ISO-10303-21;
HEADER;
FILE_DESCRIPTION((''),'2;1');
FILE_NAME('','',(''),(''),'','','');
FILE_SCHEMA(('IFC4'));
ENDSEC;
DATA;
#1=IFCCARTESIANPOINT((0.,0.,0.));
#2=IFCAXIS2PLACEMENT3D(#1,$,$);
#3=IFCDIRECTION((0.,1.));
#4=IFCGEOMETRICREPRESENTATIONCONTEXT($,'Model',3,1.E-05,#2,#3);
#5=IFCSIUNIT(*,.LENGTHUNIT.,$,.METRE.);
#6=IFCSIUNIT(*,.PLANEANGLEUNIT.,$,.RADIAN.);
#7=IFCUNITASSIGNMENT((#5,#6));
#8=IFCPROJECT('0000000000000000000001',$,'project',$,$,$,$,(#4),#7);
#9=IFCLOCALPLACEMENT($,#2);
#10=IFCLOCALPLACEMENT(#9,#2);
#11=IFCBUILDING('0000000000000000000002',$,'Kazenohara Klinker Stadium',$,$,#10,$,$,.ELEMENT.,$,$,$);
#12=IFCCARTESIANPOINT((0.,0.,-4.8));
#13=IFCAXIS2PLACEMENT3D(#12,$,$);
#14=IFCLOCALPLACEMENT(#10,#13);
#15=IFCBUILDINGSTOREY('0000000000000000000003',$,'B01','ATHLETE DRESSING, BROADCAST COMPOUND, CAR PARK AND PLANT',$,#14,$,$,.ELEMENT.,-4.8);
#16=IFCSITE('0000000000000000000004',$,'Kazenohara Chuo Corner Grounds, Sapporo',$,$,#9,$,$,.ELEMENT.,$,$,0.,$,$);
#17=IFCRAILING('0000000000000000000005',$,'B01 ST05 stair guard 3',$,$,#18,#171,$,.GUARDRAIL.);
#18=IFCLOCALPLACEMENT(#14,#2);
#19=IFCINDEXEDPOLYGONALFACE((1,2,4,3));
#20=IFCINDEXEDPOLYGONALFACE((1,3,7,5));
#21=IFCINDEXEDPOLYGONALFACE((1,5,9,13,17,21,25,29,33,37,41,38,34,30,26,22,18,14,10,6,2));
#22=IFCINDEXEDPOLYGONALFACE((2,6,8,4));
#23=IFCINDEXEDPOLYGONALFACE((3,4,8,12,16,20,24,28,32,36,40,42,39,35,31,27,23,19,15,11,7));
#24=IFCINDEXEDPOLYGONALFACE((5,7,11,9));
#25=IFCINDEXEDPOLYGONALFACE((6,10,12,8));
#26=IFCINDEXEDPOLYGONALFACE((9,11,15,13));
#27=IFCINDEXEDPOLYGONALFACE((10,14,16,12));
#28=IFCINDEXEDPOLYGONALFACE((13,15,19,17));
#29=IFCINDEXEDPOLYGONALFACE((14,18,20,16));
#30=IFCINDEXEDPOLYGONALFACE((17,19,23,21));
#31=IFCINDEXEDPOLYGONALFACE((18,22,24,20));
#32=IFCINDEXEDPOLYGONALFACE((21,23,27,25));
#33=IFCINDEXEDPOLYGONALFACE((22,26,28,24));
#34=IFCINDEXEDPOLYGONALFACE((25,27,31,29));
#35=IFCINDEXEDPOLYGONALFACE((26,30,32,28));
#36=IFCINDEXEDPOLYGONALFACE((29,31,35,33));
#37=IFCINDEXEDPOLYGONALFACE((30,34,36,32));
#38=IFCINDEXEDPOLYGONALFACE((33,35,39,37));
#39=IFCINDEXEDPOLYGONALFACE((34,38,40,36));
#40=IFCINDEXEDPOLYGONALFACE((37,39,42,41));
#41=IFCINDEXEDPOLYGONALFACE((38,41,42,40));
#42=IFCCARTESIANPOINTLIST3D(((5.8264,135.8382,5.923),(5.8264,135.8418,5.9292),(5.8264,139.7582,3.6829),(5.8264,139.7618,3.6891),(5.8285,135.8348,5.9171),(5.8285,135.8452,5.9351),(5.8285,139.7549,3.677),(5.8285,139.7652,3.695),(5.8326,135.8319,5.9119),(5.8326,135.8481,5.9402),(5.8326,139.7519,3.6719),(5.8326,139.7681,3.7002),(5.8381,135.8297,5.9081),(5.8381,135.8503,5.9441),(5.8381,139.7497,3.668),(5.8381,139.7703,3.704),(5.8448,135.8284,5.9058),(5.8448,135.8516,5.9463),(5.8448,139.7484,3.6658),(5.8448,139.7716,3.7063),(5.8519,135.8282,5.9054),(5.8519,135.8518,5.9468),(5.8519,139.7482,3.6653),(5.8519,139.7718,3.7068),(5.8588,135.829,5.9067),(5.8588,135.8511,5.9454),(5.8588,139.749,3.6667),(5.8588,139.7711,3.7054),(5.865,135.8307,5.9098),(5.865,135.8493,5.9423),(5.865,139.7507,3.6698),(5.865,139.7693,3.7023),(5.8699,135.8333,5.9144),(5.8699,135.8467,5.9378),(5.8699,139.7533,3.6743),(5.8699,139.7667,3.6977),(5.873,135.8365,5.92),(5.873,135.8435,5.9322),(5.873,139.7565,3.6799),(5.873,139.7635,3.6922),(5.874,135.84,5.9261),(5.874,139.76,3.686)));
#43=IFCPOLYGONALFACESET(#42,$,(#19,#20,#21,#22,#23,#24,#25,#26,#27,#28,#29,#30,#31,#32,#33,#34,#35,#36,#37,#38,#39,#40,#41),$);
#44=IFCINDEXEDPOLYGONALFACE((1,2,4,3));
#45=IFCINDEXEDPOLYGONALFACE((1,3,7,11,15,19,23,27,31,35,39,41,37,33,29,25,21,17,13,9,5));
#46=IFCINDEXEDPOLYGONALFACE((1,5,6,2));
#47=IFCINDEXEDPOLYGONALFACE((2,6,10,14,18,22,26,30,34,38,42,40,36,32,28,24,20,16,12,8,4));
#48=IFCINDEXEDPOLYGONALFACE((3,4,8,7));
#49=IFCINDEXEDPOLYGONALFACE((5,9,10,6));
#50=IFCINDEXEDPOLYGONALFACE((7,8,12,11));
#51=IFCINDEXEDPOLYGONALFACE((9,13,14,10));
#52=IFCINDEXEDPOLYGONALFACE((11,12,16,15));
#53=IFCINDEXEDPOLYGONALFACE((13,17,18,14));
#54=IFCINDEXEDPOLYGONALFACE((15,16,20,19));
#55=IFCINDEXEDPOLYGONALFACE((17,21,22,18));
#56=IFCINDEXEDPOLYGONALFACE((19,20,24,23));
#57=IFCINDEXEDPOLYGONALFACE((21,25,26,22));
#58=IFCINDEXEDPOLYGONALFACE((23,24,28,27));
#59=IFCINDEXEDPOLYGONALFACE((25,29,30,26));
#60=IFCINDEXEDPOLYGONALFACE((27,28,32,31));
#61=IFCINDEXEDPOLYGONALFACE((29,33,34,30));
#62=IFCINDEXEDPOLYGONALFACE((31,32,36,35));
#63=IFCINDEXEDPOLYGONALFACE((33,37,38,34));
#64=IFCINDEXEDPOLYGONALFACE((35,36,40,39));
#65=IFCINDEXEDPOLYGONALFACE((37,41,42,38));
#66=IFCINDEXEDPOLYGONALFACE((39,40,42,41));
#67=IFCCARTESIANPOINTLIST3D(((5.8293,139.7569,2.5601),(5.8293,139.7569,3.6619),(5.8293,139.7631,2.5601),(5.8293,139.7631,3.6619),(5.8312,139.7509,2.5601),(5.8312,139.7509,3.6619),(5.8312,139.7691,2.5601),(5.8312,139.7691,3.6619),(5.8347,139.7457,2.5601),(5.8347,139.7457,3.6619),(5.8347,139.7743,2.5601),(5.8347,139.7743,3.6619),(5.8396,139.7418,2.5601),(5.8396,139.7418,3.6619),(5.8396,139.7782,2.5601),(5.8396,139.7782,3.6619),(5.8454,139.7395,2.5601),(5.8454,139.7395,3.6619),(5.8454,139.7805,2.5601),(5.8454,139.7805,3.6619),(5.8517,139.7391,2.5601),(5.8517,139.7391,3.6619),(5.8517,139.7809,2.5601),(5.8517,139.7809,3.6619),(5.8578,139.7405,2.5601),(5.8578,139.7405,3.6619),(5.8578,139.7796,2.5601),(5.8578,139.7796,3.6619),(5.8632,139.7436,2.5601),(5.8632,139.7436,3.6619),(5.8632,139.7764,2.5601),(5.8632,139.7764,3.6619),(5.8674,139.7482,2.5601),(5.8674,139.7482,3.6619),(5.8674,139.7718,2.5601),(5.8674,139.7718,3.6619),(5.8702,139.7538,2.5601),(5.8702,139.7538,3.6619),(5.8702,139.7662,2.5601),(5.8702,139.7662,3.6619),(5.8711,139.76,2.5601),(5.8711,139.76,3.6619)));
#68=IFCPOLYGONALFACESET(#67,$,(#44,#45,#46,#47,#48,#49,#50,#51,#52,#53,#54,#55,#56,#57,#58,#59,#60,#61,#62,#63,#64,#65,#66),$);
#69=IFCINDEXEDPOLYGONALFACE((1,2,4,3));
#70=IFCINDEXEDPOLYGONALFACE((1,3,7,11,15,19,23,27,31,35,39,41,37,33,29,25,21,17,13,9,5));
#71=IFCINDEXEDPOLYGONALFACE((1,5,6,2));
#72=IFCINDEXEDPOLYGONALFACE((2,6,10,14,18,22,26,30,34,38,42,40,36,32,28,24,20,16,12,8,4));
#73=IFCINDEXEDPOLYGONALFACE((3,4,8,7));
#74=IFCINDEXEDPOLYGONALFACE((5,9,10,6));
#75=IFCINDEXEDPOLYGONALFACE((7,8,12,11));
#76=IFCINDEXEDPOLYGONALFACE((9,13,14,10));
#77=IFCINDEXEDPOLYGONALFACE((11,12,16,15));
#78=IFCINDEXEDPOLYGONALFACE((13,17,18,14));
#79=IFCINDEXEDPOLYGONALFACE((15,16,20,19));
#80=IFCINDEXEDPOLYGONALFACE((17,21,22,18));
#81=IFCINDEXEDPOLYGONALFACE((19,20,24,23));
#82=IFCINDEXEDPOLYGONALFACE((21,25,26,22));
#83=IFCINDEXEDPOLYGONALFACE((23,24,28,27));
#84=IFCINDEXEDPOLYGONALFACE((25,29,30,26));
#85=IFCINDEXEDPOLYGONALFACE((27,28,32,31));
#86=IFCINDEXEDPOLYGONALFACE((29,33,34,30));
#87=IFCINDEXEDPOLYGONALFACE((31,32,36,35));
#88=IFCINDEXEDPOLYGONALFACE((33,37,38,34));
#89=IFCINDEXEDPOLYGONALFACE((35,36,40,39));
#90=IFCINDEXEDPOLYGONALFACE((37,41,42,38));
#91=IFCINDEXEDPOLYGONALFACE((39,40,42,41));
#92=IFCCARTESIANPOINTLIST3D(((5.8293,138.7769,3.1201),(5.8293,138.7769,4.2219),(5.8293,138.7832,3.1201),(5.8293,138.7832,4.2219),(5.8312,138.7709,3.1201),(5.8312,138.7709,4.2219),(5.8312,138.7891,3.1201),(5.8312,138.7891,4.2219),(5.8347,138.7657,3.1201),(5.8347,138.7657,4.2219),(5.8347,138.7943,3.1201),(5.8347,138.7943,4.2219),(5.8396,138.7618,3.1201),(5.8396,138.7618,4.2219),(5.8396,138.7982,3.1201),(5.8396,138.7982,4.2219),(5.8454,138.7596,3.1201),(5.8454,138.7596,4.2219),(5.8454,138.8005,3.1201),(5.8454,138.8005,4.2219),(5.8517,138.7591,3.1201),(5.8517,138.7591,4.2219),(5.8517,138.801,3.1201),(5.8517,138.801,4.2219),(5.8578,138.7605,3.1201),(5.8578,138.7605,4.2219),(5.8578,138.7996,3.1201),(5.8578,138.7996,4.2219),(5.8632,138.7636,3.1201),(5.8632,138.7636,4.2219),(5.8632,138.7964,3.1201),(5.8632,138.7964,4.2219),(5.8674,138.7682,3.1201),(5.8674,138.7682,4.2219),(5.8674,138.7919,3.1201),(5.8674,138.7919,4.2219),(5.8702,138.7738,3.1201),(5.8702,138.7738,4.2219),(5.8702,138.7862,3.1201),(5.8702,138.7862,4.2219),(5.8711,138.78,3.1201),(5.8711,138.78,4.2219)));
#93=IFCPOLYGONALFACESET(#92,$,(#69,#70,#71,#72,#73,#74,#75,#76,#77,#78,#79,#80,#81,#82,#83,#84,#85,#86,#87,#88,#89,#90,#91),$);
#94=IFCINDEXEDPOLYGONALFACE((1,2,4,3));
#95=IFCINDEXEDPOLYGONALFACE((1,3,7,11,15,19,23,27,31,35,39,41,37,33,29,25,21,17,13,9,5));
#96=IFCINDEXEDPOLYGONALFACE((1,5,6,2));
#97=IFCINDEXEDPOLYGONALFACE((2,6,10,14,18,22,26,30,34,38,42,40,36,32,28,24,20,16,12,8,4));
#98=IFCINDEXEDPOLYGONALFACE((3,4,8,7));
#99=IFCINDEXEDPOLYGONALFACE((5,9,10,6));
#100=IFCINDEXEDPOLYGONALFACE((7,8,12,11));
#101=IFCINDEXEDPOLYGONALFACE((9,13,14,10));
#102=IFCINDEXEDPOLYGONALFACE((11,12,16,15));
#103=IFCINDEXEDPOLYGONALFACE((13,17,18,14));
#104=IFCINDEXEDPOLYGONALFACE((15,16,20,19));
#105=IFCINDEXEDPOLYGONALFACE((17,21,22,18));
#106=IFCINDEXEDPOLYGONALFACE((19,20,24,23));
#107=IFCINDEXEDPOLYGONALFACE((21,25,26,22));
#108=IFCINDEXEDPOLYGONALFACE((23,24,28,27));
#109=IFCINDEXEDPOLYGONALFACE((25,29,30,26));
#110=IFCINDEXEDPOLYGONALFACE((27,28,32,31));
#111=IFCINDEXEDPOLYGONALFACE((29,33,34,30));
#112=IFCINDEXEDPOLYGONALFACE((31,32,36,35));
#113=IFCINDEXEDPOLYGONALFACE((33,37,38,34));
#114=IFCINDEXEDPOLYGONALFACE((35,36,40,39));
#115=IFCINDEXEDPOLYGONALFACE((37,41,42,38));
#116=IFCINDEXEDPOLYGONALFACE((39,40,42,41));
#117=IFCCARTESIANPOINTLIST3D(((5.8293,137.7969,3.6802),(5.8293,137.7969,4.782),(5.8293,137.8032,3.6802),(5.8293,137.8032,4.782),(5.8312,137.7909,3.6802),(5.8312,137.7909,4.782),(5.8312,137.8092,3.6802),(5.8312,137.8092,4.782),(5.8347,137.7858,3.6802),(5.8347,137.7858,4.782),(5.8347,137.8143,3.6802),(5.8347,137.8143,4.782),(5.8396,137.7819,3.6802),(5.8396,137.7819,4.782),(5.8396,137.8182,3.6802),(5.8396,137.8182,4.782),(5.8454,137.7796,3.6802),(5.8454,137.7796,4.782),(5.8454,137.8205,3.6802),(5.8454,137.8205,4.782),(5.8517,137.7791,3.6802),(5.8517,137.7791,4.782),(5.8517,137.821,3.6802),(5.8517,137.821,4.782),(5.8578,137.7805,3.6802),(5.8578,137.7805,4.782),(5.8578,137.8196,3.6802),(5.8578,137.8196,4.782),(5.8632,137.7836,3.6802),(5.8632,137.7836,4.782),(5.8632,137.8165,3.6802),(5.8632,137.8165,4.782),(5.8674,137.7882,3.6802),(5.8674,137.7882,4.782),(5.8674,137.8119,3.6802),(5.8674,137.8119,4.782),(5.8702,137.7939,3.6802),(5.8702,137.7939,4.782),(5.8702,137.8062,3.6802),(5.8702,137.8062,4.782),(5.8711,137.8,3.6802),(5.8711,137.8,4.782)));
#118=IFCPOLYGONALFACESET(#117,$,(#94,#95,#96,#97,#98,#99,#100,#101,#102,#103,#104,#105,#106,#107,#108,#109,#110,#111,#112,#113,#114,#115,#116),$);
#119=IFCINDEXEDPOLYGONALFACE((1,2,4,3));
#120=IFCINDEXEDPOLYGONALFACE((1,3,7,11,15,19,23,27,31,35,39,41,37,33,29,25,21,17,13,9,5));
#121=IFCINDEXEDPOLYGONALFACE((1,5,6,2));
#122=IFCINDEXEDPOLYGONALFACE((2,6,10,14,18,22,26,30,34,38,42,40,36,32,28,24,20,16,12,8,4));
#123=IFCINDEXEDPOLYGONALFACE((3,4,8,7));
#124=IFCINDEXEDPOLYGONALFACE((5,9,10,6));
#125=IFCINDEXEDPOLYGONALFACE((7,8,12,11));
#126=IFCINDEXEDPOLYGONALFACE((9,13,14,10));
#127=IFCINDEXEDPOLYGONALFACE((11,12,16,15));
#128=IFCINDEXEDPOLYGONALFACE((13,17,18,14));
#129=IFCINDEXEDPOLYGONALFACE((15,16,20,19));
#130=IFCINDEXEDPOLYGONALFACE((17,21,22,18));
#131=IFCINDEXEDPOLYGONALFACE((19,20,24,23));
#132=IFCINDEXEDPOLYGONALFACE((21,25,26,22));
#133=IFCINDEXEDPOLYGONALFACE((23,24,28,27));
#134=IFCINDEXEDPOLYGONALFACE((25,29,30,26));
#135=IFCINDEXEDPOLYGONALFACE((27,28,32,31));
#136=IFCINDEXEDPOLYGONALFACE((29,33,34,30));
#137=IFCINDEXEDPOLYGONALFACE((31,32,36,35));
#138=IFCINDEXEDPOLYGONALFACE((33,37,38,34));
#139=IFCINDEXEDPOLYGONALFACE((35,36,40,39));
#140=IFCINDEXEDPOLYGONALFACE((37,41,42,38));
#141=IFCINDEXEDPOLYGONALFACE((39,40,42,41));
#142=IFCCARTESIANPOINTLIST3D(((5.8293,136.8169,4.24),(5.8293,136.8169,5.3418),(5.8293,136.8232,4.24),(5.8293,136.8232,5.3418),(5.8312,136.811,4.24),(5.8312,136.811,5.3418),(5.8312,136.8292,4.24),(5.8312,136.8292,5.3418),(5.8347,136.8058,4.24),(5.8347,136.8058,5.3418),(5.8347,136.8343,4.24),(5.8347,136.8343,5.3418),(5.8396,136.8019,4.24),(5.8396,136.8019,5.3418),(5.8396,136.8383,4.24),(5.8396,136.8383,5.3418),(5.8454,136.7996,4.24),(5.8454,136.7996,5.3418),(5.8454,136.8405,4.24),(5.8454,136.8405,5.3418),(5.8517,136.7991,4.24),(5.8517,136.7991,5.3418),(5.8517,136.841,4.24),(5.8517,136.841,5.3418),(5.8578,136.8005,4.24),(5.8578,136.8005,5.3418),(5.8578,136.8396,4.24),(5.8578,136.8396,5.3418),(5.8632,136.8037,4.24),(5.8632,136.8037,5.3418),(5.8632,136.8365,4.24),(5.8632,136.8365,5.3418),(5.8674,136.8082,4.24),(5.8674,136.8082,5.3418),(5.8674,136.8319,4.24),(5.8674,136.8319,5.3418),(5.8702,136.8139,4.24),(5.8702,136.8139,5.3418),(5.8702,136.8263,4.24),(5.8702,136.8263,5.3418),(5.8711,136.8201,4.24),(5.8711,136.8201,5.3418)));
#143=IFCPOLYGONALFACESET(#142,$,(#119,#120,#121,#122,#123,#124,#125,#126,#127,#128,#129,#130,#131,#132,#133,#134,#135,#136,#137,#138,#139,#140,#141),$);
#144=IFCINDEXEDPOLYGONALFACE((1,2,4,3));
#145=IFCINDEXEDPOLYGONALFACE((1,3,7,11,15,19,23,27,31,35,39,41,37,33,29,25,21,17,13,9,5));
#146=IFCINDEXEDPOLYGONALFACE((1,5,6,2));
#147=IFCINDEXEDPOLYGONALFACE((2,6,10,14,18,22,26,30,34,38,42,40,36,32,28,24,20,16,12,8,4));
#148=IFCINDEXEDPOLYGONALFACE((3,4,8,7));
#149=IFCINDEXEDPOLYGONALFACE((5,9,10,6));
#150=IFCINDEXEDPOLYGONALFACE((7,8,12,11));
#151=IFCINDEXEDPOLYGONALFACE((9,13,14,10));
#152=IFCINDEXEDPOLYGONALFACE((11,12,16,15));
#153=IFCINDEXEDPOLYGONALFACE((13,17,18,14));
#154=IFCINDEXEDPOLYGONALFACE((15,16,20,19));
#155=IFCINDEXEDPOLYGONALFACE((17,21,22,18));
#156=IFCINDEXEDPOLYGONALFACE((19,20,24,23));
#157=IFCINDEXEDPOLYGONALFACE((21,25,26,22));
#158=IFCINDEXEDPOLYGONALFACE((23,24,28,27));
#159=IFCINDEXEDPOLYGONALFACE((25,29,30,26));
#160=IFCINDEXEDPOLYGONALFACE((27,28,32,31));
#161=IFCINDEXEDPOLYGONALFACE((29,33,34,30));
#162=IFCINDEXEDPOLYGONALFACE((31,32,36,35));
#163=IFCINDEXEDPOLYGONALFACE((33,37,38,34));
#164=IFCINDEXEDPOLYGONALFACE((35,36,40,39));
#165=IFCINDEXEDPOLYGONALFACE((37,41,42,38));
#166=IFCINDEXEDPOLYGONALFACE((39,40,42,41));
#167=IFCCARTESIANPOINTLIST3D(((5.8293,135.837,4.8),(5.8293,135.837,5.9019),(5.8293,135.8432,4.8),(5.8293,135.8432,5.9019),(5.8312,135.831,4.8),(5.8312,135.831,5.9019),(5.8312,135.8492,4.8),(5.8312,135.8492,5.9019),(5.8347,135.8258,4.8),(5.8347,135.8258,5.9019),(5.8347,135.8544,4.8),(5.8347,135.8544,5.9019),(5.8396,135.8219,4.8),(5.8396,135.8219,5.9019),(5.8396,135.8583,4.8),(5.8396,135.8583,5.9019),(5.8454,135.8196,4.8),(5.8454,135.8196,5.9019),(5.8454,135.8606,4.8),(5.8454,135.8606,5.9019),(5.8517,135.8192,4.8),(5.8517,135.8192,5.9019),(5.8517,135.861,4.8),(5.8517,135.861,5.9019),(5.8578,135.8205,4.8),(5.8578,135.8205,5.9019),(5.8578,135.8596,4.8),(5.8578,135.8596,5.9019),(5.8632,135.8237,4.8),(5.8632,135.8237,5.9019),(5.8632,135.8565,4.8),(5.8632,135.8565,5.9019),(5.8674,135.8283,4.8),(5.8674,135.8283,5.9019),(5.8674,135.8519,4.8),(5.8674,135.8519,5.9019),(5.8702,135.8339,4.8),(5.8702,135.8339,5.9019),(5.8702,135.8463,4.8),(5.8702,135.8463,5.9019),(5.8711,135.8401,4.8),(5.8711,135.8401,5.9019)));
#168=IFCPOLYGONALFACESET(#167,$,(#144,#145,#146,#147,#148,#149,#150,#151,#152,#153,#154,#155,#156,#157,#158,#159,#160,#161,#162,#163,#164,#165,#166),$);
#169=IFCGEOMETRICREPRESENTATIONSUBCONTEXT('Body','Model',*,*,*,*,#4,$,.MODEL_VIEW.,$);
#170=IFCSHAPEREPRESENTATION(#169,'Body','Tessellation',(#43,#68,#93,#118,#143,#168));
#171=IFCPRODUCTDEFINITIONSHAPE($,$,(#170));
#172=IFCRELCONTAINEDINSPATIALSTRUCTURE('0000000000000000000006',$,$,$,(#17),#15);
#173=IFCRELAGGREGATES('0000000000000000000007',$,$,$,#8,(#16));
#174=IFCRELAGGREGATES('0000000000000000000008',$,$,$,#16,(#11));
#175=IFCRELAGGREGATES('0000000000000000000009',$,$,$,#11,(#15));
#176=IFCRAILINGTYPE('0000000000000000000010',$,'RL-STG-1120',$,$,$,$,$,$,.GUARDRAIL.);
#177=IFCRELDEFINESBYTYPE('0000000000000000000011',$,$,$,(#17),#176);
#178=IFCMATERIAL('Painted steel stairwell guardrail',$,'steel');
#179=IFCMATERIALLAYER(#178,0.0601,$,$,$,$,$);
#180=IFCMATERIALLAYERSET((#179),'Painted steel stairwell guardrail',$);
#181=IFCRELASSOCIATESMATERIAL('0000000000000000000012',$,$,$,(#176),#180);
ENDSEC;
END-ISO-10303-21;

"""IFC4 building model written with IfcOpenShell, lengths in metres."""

from ifc_helpers import new_model, si_unit, direction, frame, origin, origin_2d, place, context, subcontext, project, spatial, circle, extrude, material, layer, layer_set, type_object, element, save


model = new_model("IFC4")

# Units and contexts
model_context = context("Model", 3, precision=1e-05, world=origin(), true_north=direction((0.0, 1.0)))
body_context = subcontext(model_context, "Body", "Model", "MODEL_VIEW")
ifc_project = project(units=[si_unit("LENGTHUNIT", "METRE"), si_unit("PLANEANGLEUNIT", "RADIAN")], contexts=[model_context])

# Site, building, storey
site_placement = place(None, origin())
site = spatial("IfcSite", under=ifc_project, at=site_placement, Name="Kazenohara Chuo Corner Grounds, Sapporo", CompositionType="ELEMENT", RefElevation=0.0)
building_placement = place(site_placement, origin())
building = spatial("IfcBuilding", under=site, at=building_placement, Name="Kazenohara Klinker Stadium", CompositionType="ELEMENT")
storey_placement = place(building_placement, frame((0.0, 0.0, -4.8)))
storey = spatial("IfcBuildingStorey", under=building, at=storey_placement, Name="B01", Description="ATHLETE DRESSING, BROADCAST COMPOUND, CAR PARK AND PLANT", CompositionType="ELEMENT", Elevation=-4.8)

# Railing
ifc_material_1 = material(Name="Painted steel stairwell guardrail", Category="steel")
ifc_layer_1 = layer(ifc_material_1, 0.0601)
ifc_layer_set_1 = layer_set([ifc_layer_1], Name="Painted steel stairwell guardrail")
railing_type_1 = type_object("IfcRailingType", Name="RL-STG-1120", PredefinedType="GUARDRAIL", material=ifc_layer_set_1)
railing_1_placement = place(storey_placement, frame((5.8501, 139.76, 2.5601)))
element("IfcRailing", 1, at=railing_1_placement, inside=storey, type_object=railing_type_1, Name="B01 ST05 stair guard 3", PredefinedType="GUARDRAIL", context=body_context, shape_type="SweptSolid", body=[
    extrude(circle(Radius=0.0239, at=origin_2d()), frame((0.0, 0.0, 1.126), z_axis=(0.0, -0.86824, 0.496145), x_axis=(1.0, 0.0, 0.0)), (0.0, 0.0, 1.0), 4.5149),
    extrude(circle(Radius=0.021, at=origin_2d()), origin(), (0.0, 0.0, 1.0), 1.1018),
    extrude(circle(Radius=0.021, at=origin_2d()), frame((0.0, -0.98, 0.5601)), (0.0, 0.0, 1.0), 1.1018),
    extrude(circle(Radius=0.021, at=origin_2d()), frame((0.0, -1.96, 1.1201)), (0.0, 0.0, 1.0), 1.1018),
    extrude(circle(Radius=0.021, at=origin_2d()), frame((0.0, -2.9399, 1.6799)), (0.0, 0.0, 1.0), 1.1018),
    extrude(circle(Radius=0.021, at=origin_2d()), frame((0.0, -3.9199, 2.24)), (0.0, 0.0, 1.0), 1.1018),
])

save(model, "model.ifc")
